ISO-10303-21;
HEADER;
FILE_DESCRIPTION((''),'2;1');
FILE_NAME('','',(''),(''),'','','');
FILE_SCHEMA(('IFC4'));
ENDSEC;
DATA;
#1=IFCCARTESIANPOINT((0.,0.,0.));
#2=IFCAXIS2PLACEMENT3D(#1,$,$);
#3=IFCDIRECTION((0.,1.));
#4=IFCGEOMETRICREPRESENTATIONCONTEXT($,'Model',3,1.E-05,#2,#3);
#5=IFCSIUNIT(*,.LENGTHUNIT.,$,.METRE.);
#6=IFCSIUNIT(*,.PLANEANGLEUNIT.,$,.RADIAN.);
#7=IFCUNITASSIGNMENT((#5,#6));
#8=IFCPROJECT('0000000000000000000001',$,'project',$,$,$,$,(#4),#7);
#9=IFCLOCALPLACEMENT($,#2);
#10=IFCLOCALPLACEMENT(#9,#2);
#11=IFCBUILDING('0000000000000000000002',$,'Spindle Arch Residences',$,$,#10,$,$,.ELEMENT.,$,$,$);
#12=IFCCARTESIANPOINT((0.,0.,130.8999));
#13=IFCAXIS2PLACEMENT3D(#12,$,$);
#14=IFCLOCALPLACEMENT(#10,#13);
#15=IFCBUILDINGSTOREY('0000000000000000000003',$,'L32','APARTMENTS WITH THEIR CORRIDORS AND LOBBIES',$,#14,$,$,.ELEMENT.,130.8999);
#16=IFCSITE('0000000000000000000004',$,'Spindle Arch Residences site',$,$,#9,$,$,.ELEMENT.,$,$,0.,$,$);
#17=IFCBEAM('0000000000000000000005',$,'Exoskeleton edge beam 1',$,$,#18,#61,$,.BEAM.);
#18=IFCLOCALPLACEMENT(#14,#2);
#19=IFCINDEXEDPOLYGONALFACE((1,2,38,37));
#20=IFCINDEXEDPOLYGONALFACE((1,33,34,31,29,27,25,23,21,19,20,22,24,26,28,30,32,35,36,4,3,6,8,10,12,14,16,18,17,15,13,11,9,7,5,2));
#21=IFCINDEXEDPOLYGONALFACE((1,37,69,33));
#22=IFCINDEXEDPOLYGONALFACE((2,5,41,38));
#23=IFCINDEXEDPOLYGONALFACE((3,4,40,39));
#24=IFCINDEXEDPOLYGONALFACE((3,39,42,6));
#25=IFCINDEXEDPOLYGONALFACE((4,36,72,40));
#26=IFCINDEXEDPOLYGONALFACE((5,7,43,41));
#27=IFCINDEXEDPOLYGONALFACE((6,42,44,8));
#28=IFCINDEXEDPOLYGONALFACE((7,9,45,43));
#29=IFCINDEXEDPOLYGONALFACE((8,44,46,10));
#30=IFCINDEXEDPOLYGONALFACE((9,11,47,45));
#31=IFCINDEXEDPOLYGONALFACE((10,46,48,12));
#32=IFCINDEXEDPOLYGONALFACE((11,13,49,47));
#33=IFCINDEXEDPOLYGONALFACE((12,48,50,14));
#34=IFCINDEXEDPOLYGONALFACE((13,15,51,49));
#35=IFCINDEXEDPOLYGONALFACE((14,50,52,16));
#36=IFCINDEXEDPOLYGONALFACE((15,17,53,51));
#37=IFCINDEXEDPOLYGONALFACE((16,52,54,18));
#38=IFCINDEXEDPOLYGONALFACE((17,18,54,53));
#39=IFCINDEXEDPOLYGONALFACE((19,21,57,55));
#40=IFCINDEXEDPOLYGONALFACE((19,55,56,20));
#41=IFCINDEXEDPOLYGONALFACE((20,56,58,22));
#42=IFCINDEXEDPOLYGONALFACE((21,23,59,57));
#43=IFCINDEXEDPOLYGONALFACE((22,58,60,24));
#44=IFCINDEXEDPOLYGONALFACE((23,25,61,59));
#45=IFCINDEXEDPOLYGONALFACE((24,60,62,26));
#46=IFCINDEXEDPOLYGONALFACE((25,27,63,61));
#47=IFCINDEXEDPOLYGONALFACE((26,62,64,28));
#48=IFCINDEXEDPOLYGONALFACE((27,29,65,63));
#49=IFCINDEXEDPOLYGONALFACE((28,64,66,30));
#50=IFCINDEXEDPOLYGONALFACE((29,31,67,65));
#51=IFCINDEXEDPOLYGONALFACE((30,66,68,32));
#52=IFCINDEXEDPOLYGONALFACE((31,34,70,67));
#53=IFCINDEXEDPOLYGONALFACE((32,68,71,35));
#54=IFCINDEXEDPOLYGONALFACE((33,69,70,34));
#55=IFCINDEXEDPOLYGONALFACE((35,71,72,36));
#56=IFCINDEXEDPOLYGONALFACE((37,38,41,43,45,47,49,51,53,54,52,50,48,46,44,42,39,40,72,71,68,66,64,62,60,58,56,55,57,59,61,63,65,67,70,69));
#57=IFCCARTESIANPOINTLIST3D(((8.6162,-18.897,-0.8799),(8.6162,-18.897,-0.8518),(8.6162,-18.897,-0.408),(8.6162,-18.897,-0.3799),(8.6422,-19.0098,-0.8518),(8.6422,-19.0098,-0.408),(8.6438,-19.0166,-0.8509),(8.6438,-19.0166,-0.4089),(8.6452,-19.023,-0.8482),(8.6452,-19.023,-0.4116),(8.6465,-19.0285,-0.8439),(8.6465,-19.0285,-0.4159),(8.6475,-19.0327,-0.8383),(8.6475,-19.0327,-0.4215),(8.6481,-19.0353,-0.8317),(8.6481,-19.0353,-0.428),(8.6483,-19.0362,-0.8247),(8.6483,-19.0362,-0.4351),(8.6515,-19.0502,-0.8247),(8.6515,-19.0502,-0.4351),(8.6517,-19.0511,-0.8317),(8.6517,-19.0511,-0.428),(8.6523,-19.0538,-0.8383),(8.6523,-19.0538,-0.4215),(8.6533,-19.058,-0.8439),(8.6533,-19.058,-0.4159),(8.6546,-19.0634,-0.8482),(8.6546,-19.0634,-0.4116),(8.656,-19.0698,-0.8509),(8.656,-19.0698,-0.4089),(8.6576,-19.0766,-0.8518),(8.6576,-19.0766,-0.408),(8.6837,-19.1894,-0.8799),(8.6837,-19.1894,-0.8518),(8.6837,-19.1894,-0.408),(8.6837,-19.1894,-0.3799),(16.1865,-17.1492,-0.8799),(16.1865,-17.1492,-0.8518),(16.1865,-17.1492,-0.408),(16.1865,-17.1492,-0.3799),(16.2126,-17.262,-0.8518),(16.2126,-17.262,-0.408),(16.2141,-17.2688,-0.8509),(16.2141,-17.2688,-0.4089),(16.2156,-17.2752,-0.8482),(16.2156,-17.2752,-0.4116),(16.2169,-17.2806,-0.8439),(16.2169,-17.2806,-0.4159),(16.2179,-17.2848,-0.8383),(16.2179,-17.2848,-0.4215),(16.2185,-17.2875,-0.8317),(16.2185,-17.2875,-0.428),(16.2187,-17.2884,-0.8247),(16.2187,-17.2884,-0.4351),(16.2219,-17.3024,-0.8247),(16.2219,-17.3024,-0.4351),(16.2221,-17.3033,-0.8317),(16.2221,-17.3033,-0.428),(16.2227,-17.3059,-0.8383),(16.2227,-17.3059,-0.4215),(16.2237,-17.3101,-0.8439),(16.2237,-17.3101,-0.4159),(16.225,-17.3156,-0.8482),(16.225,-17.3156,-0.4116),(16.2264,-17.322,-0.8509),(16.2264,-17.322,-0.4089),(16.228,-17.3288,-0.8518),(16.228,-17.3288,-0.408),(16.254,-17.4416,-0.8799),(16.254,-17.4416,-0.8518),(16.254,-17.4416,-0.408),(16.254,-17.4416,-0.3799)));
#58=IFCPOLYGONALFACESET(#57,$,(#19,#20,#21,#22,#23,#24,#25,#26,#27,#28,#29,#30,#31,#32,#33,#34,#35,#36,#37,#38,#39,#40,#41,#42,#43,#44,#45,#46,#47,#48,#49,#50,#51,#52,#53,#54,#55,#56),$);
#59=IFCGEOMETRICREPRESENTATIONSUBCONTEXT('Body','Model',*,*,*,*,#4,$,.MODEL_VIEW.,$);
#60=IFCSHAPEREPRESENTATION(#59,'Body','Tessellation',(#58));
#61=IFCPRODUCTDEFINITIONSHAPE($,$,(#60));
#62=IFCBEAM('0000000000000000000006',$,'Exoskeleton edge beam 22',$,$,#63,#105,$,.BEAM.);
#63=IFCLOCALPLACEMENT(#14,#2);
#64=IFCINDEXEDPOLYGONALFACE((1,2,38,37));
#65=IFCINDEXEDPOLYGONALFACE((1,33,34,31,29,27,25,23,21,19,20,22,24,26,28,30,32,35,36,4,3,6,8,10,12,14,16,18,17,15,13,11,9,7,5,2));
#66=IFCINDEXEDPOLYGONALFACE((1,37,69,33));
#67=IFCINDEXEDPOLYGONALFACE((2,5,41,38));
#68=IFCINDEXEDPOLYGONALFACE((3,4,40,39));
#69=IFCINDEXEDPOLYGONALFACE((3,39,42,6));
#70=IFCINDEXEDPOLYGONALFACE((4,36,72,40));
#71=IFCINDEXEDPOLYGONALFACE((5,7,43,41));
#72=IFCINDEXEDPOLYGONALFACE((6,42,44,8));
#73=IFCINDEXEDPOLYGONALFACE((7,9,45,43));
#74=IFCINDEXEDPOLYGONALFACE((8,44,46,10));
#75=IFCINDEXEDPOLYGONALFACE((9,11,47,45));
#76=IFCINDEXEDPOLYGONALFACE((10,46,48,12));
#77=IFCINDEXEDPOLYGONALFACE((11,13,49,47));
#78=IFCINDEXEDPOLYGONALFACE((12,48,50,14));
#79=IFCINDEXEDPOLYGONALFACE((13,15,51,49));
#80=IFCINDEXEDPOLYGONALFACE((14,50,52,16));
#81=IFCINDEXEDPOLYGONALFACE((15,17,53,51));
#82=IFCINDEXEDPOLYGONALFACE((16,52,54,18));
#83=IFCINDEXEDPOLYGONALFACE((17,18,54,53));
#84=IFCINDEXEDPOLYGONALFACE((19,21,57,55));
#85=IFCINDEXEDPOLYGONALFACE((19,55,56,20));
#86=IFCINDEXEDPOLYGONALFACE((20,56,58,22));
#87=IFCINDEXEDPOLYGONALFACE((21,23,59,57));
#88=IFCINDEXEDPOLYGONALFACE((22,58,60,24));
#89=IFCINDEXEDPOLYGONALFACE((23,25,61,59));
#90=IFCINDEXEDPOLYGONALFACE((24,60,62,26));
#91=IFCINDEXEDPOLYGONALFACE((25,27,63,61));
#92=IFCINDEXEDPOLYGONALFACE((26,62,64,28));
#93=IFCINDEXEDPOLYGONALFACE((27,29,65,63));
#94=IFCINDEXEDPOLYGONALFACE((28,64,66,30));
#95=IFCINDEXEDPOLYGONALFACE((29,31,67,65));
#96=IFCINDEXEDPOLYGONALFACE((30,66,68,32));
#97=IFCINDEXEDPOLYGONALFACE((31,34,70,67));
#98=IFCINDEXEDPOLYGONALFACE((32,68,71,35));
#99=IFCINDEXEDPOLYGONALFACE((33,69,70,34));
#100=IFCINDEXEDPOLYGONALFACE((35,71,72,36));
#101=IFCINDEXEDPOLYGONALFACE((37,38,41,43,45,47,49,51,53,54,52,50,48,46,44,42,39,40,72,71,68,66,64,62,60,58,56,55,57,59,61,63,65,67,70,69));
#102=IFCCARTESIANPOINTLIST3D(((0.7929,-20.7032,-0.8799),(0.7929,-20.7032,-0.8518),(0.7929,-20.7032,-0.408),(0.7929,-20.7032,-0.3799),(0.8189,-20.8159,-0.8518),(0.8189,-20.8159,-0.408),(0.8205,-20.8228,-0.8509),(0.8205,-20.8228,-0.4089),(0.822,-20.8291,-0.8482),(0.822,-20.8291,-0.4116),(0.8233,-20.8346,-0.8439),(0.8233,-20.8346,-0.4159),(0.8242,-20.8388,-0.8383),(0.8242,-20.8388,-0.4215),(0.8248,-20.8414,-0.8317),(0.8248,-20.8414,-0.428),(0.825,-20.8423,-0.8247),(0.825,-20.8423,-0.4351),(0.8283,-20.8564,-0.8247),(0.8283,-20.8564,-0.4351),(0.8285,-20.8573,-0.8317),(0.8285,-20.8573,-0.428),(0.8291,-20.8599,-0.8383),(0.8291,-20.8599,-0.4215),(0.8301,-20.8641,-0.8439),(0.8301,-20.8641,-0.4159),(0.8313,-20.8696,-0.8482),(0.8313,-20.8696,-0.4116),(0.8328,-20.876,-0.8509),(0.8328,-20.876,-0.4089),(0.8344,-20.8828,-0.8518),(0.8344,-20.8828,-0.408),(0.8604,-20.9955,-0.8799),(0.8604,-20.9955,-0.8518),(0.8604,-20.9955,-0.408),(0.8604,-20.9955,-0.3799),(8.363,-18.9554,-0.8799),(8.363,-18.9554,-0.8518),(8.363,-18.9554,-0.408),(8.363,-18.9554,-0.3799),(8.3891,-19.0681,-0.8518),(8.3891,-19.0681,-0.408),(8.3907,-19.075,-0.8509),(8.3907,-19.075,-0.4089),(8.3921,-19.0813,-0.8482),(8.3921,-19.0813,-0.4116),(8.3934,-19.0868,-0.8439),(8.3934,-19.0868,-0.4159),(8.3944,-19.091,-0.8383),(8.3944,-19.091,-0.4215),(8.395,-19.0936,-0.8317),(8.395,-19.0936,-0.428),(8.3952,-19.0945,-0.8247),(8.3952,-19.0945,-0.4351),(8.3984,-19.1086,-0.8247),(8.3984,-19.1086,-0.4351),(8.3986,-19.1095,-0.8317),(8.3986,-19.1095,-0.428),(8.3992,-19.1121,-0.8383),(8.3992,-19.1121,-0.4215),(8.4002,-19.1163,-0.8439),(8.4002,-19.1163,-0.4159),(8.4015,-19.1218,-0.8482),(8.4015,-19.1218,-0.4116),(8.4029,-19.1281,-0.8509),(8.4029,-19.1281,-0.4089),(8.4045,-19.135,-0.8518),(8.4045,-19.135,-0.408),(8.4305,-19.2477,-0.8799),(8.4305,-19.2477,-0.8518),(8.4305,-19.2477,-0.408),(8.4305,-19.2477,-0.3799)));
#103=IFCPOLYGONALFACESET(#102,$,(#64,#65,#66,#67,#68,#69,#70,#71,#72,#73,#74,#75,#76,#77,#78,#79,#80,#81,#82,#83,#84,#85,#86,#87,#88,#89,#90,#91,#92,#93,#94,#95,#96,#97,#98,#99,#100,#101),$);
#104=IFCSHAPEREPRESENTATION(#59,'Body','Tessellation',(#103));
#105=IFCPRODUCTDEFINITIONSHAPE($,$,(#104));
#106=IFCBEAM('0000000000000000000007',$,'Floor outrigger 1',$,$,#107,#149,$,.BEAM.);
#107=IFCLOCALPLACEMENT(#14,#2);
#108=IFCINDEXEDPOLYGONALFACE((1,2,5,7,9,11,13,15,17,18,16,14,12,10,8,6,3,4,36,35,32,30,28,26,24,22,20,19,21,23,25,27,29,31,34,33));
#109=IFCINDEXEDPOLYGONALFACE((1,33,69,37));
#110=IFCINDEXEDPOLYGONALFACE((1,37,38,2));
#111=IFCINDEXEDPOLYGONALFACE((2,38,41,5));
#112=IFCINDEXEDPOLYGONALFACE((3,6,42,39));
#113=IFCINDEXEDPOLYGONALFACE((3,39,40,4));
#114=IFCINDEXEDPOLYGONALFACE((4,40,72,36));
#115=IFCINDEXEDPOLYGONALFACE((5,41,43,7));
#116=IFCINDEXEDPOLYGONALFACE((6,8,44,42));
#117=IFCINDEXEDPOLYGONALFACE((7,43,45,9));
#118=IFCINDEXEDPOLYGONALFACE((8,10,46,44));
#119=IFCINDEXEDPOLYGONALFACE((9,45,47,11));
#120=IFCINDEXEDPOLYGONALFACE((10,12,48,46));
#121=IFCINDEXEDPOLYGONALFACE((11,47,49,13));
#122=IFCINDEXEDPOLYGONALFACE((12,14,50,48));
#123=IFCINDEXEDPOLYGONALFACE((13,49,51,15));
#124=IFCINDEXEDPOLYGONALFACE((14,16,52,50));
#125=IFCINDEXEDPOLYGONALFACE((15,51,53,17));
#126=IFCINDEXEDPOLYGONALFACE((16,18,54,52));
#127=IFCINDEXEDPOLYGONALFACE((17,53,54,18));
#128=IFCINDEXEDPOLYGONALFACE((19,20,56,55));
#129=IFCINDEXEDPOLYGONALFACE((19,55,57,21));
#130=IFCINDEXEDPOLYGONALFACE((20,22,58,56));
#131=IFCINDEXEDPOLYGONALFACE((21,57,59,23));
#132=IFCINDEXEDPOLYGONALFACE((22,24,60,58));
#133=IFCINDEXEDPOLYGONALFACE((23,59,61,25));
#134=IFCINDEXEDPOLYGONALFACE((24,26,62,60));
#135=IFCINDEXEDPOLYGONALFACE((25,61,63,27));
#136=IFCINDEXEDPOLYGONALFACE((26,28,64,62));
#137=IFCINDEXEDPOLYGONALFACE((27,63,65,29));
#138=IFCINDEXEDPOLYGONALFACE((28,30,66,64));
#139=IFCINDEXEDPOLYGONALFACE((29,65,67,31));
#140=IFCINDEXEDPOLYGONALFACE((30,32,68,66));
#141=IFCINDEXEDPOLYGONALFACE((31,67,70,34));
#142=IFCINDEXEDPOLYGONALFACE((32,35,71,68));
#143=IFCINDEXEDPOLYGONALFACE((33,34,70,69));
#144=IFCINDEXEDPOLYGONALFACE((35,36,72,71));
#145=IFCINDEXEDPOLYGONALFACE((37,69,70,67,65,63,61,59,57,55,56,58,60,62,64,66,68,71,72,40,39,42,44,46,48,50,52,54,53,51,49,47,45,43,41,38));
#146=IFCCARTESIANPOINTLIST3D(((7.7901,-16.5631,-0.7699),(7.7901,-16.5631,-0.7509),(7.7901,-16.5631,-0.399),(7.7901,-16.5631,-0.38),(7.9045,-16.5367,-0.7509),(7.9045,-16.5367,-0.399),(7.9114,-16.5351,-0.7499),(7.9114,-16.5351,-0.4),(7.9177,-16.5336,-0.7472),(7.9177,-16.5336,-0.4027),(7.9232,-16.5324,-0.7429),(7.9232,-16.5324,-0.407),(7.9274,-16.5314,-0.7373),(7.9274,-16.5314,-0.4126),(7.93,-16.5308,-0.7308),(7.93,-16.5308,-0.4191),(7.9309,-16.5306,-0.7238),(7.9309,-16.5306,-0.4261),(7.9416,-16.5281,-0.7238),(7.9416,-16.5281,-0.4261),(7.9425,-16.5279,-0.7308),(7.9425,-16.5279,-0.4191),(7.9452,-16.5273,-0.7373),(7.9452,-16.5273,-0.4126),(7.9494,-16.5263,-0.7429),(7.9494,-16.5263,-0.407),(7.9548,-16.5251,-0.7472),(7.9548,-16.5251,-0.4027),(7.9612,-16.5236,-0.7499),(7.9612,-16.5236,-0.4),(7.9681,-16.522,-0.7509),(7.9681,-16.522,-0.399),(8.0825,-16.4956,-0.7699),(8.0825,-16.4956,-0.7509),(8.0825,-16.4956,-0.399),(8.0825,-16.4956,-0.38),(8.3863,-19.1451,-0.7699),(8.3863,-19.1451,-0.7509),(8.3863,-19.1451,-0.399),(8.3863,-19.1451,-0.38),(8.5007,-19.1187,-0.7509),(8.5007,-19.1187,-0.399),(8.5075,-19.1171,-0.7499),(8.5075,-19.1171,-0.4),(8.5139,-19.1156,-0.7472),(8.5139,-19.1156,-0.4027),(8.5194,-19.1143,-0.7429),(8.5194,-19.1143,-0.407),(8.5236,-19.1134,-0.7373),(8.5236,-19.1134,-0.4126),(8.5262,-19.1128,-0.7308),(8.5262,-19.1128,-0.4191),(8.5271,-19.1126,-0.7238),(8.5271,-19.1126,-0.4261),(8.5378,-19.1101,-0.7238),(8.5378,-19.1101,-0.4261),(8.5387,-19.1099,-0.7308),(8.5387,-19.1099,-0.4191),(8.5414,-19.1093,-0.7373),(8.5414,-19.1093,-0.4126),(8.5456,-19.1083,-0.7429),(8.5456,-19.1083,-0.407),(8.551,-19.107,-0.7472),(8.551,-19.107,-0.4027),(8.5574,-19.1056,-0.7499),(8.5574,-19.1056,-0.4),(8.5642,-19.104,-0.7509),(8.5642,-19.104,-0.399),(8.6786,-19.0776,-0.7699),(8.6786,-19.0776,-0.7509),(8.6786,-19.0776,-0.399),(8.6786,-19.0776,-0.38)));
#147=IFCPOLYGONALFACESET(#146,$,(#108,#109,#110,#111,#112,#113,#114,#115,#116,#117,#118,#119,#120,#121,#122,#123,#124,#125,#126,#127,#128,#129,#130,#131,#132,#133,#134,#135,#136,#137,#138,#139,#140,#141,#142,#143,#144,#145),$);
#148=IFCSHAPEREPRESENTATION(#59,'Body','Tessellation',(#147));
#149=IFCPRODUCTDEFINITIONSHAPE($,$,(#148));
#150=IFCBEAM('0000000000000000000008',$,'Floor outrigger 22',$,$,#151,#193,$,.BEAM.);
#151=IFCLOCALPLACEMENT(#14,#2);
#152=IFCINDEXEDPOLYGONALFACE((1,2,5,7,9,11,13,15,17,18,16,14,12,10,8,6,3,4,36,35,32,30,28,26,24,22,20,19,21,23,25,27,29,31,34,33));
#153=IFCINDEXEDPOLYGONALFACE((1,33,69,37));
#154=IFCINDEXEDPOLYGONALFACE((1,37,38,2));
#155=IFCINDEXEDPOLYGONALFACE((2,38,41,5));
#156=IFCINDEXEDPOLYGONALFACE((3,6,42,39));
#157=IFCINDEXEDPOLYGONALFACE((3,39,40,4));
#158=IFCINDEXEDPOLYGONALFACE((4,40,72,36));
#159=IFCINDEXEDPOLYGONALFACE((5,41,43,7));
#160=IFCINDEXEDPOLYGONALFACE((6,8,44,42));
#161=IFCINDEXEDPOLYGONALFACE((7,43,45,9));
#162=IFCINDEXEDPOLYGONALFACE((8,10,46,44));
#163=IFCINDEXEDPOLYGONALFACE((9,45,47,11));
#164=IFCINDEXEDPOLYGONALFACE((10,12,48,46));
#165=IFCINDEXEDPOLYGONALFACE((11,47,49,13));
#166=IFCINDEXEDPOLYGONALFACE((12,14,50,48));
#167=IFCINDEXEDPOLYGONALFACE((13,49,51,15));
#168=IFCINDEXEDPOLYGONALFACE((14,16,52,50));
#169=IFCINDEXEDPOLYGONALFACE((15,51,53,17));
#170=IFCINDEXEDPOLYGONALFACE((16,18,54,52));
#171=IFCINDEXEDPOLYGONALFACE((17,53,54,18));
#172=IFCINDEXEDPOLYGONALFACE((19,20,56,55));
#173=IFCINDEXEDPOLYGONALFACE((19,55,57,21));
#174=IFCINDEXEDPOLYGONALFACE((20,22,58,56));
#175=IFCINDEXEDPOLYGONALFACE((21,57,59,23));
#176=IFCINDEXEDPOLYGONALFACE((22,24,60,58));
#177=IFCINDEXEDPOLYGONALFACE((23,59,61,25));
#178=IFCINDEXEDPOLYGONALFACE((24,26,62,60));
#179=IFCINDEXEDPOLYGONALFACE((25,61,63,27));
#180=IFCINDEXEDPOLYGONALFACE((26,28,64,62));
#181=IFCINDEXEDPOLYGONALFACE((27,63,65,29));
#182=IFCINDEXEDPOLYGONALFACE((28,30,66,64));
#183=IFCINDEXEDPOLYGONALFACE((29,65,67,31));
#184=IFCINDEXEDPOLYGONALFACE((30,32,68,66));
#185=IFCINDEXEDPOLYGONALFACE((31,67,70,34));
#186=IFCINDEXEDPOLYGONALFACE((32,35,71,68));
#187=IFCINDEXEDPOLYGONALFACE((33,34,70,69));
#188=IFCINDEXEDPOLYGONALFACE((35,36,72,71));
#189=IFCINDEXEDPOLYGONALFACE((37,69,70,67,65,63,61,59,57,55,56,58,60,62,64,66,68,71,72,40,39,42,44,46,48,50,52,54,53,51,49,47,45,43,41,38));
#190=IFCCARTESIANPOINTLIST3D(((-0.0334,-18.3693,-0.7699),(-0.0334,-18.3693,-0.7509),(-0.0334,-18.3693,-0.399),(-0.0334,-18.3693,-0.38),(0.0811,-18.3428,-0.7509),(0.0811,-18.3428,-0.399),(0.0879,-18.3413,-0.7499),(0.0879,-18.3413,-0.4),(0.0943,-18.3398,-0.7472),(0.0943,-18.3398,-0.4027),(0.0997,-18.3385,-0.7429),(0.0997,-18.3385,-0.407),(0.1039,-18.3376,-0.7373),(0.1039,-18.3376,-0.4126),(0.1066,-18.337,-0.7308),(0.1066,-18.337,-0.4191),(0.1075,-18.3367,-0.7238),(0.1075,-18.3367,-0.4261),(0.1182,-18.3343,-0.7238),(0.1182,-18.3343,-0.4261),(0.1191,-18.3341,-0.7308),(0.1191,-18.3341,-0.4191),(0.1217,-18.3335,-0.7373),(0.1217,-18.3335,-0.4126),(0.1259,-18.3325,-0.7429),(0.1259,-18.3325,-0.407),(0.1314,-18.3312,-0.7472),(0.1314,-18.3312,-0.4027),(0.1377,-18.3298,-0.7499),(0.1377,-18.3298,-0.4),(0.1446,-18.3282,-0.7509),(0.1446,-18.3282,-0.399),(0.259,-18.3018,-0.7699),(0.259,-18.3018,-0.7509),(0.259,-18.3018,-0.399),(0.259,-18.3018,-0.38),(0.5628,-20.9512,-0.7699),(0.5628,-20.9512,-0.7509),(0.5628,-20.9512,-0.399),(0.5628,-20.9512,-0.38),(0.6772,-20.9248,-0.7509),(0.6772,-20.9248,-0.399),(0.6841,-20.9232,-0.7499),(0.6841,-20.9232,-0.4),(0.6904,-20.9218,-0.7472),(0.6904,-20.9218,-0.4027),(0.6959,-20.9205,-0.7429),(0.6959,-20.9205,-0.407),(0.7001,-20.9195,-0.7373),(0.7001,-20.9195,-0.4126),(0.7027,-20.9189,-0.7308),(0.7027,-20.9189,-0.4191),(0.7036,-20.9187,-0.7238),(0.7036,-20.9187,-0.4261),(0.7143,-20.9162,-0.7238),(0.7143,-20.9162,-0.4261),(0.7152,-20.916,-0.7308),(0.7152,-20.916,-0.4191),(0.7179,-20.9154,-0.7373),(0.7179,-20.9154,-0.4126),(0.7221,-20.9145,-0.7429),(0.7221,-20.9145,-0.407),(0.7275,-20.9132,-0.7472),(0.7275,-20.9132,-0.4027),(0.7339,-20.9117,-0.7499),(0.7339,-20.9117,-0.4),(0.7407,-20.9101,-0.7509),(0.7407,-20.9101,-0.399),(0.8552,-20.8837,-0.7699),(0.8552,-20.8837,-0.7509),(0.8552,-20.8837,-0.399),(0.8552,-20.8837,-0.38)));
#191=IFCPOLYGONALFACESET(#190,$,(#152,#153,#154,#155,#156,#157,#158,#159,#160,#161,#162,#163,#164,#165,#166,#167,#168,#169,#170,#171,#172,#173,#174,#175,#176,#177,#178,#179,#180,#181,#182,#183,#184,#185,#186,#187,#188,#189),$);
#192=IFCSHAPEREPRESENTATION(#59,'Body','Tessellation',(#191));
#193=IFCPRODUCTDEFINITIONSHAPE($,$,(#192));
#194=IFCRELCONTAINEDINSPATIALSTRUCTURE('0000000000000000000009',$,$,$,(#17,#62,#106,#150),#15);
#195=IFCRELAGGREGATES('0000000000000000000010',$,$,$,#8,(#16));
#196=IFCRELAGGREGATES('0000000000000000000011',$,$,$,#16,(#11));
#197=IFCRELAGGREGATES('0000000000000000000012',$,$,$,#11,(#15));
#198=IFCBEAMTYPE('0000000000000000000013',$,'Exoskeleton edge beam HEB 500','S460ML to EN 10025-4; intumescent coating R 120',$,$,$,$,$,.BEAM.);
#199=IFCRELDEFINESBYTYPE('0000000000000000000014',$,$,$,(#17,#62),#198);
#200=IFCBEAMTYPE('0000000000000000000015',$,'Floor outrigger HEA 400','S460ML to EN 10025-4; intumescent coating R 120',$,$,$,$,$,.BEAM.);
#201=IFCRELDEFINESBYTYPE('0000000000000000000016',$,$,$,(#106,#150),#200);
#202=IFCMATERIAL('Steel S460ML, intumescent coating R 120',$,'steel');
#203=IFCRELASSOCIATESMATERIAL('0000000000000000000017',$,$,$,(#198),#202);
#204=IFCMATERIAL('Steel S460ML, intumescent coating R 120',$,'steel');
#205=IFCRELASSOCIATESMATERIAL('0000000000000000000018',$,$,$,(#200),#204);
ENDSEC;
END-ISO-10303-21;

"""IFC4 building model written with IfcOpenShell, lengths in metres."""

from ifc_helpers import new_model, si_unit, direction, frame, origin, origin_2d, place, context, subcontext, project, spatial, i_section, extrude, material, material_profile, profile_set, type_object, element, save


model = new_model("IFC4")

# Units and contexts
model_context = context("Model", 3, precision=1e-05, world=origin(), true_north=direction((0.0, 1.0)))
body_context = subcontext(model_context, "Body", "Model", "MODEL_VIEW")
ifc_project = project(units=[si_unit("LENGTHUNIT", "METRE"), si_unit("PLANEANGLEUNIT", "RADIAN")], contexts=[model_context])

# Site, building, storey
site_placement = place(None, origin())
site = spatial("IfcSite", under=ifc_project, at=site_placement, Name="Spindle Arch Residences site", CompositionType="ELEMENT", RefElevation=0.0)
building_placement = place(site_placement, origin())
building = spatial("IfcBuilding", under=site, at=building_placement, Name="Spindle Arch Residences", CompositionType="ELEMENT")
storey_placement = place(building_placement, frame((0.0, 0.0, 130.8999)))
storey = spatial("IfcBuildingStorey", under=building, at=storey_placement, Name="L32", Description="APARTMENTS WITH THEIR CORRIDORS AND LOBBIES", CompositionType="ELEMENT", Elevation=130.8999)

# Beams
ifc_material_1 = material(Name="Steel S460ML, intumescent coating R 120", Category="steel")
ifc_material_profile_1 = material_profile(ifc_material_1, i_section(OverallWidth=0.3, OverallDepth=0.5, WebThickness=0.0144, FlangeThickness=0.0281, FilletRadius=0.0271, at=origin_2d()), Name="HEB 500")
ifc_profile_set_1 = profile_set([ifc_material_profile_1], Name="Steel S460ML, intumescent coating R 120")
beam_type_1 = type_object("IfcBeamType", Name="Exoskeleton edge beam HEB 500", Description="S460ML to EN 10025-4; intumescent coating R 120", PredefinedType="BEAM", material=ifc_profile_set_1)
beam_1_placement = place(storey_placement, frame((8.6499, -19.0432, -0.6299), z_axis=(0.974368, 0.224958, 0.0), x_axis=(-0.224958, 0.974368, 0.0)))
element("IfcBeam", 1, at=beam_1_placement, inside=storey, type_object=beam_type_1, Name="Exoskeleton edge beam 1", PredefinedType="BEAM", context=body_context, shape_type="SweptSolid", body=[
    extrude(i_section(OverallWidth=0.3, OverallDepth=0.5, WebThickness=0.0144, FlangeThickness=0.0281, FilletRadius=0.0271, at=origin_2d()), origin(), (0.0, 0.0, 1.0), 7.7695),
])
beam_2_placement = place(storey_placement, frame((0.8267, -20.8494, -0.6299), z_axis=(0.974367, 0.224965, 0.0), x_axis=(-0.224965, 0.974367, 0.0)))
element("IfcBeam", 2, at=beam_2_placement, inside=storey, type_object=beam_type_1, Name="Exoskeleton edge beam 22", PredefinedType="BEAM", context=body_context, shape_type="SweptSolid", body=[
    extrude(i_section(OverallWidth=0.3, OverallDepth=0.5, WebThickness=0.0144, FlangeThickness=0.0281, FilletRadius=0.0271, at=origin_2d()), origin(), (0.0, 0.0, 1.0), 7.7693),
])
ifc_material_2 = material(Name="Steel S460ML, intumescent coating R 120", Category="steel")
ifc_material_profile_2 = material_profile(ifc_material_2, i_section(OverallWidth=0.3, OverallDepth=0.3899, WebThickness=0.011, FlangeThickness=0.019, FilletRadius=0.0271, at=origin_2d()), Name="HEA 400")
ifc_profile_set_2 = profile_set([ifc_material_profile_2], Name="Steel S460ML, intumescent coating R 120")
beam_type_2 = type_object("IfcBeamType", Name="Floor outrigger HEA 400", Description="S460ML to EN 10025-4; intumescent coating R 120", PredefinedType="BEAM", material=ifc_profile_set_2)
for number, where, z_axis, x_axis, name in (
    (3, (8.5325, -19.1113, -0.575), (-0.224981, 0.974363, 0.0), (-0.974363, -0.224981, 0.0), "Floor outrigger 1"),
    (4, (0.709, -20.9175, -0.575), (-0.224981, 0.974363, 0.0), (-0.974363, -0.224981, 0.0), "Floor outrigger 22"),
):
    element("IfcBeam", number, at=place(storey_placement, frame(where, z_axis=z_axis, x_axis=x_axis)), inside=storey, type_object=beam_type_2, Name=name, PredefinedType="BEAM", context=body_context, shape_type="SweptSolid", body=[
        extrude(i_section(OverallWidth=0.3, OverallDepth=0.3899, WebThickness=0.011, FlangeThickness=0.019, FilletRadius=0.0271, at=origin_2d()), origin(), (0.0, 0.0, 1.0), 2.6499),
    ])

save(model, "model.ifc")
